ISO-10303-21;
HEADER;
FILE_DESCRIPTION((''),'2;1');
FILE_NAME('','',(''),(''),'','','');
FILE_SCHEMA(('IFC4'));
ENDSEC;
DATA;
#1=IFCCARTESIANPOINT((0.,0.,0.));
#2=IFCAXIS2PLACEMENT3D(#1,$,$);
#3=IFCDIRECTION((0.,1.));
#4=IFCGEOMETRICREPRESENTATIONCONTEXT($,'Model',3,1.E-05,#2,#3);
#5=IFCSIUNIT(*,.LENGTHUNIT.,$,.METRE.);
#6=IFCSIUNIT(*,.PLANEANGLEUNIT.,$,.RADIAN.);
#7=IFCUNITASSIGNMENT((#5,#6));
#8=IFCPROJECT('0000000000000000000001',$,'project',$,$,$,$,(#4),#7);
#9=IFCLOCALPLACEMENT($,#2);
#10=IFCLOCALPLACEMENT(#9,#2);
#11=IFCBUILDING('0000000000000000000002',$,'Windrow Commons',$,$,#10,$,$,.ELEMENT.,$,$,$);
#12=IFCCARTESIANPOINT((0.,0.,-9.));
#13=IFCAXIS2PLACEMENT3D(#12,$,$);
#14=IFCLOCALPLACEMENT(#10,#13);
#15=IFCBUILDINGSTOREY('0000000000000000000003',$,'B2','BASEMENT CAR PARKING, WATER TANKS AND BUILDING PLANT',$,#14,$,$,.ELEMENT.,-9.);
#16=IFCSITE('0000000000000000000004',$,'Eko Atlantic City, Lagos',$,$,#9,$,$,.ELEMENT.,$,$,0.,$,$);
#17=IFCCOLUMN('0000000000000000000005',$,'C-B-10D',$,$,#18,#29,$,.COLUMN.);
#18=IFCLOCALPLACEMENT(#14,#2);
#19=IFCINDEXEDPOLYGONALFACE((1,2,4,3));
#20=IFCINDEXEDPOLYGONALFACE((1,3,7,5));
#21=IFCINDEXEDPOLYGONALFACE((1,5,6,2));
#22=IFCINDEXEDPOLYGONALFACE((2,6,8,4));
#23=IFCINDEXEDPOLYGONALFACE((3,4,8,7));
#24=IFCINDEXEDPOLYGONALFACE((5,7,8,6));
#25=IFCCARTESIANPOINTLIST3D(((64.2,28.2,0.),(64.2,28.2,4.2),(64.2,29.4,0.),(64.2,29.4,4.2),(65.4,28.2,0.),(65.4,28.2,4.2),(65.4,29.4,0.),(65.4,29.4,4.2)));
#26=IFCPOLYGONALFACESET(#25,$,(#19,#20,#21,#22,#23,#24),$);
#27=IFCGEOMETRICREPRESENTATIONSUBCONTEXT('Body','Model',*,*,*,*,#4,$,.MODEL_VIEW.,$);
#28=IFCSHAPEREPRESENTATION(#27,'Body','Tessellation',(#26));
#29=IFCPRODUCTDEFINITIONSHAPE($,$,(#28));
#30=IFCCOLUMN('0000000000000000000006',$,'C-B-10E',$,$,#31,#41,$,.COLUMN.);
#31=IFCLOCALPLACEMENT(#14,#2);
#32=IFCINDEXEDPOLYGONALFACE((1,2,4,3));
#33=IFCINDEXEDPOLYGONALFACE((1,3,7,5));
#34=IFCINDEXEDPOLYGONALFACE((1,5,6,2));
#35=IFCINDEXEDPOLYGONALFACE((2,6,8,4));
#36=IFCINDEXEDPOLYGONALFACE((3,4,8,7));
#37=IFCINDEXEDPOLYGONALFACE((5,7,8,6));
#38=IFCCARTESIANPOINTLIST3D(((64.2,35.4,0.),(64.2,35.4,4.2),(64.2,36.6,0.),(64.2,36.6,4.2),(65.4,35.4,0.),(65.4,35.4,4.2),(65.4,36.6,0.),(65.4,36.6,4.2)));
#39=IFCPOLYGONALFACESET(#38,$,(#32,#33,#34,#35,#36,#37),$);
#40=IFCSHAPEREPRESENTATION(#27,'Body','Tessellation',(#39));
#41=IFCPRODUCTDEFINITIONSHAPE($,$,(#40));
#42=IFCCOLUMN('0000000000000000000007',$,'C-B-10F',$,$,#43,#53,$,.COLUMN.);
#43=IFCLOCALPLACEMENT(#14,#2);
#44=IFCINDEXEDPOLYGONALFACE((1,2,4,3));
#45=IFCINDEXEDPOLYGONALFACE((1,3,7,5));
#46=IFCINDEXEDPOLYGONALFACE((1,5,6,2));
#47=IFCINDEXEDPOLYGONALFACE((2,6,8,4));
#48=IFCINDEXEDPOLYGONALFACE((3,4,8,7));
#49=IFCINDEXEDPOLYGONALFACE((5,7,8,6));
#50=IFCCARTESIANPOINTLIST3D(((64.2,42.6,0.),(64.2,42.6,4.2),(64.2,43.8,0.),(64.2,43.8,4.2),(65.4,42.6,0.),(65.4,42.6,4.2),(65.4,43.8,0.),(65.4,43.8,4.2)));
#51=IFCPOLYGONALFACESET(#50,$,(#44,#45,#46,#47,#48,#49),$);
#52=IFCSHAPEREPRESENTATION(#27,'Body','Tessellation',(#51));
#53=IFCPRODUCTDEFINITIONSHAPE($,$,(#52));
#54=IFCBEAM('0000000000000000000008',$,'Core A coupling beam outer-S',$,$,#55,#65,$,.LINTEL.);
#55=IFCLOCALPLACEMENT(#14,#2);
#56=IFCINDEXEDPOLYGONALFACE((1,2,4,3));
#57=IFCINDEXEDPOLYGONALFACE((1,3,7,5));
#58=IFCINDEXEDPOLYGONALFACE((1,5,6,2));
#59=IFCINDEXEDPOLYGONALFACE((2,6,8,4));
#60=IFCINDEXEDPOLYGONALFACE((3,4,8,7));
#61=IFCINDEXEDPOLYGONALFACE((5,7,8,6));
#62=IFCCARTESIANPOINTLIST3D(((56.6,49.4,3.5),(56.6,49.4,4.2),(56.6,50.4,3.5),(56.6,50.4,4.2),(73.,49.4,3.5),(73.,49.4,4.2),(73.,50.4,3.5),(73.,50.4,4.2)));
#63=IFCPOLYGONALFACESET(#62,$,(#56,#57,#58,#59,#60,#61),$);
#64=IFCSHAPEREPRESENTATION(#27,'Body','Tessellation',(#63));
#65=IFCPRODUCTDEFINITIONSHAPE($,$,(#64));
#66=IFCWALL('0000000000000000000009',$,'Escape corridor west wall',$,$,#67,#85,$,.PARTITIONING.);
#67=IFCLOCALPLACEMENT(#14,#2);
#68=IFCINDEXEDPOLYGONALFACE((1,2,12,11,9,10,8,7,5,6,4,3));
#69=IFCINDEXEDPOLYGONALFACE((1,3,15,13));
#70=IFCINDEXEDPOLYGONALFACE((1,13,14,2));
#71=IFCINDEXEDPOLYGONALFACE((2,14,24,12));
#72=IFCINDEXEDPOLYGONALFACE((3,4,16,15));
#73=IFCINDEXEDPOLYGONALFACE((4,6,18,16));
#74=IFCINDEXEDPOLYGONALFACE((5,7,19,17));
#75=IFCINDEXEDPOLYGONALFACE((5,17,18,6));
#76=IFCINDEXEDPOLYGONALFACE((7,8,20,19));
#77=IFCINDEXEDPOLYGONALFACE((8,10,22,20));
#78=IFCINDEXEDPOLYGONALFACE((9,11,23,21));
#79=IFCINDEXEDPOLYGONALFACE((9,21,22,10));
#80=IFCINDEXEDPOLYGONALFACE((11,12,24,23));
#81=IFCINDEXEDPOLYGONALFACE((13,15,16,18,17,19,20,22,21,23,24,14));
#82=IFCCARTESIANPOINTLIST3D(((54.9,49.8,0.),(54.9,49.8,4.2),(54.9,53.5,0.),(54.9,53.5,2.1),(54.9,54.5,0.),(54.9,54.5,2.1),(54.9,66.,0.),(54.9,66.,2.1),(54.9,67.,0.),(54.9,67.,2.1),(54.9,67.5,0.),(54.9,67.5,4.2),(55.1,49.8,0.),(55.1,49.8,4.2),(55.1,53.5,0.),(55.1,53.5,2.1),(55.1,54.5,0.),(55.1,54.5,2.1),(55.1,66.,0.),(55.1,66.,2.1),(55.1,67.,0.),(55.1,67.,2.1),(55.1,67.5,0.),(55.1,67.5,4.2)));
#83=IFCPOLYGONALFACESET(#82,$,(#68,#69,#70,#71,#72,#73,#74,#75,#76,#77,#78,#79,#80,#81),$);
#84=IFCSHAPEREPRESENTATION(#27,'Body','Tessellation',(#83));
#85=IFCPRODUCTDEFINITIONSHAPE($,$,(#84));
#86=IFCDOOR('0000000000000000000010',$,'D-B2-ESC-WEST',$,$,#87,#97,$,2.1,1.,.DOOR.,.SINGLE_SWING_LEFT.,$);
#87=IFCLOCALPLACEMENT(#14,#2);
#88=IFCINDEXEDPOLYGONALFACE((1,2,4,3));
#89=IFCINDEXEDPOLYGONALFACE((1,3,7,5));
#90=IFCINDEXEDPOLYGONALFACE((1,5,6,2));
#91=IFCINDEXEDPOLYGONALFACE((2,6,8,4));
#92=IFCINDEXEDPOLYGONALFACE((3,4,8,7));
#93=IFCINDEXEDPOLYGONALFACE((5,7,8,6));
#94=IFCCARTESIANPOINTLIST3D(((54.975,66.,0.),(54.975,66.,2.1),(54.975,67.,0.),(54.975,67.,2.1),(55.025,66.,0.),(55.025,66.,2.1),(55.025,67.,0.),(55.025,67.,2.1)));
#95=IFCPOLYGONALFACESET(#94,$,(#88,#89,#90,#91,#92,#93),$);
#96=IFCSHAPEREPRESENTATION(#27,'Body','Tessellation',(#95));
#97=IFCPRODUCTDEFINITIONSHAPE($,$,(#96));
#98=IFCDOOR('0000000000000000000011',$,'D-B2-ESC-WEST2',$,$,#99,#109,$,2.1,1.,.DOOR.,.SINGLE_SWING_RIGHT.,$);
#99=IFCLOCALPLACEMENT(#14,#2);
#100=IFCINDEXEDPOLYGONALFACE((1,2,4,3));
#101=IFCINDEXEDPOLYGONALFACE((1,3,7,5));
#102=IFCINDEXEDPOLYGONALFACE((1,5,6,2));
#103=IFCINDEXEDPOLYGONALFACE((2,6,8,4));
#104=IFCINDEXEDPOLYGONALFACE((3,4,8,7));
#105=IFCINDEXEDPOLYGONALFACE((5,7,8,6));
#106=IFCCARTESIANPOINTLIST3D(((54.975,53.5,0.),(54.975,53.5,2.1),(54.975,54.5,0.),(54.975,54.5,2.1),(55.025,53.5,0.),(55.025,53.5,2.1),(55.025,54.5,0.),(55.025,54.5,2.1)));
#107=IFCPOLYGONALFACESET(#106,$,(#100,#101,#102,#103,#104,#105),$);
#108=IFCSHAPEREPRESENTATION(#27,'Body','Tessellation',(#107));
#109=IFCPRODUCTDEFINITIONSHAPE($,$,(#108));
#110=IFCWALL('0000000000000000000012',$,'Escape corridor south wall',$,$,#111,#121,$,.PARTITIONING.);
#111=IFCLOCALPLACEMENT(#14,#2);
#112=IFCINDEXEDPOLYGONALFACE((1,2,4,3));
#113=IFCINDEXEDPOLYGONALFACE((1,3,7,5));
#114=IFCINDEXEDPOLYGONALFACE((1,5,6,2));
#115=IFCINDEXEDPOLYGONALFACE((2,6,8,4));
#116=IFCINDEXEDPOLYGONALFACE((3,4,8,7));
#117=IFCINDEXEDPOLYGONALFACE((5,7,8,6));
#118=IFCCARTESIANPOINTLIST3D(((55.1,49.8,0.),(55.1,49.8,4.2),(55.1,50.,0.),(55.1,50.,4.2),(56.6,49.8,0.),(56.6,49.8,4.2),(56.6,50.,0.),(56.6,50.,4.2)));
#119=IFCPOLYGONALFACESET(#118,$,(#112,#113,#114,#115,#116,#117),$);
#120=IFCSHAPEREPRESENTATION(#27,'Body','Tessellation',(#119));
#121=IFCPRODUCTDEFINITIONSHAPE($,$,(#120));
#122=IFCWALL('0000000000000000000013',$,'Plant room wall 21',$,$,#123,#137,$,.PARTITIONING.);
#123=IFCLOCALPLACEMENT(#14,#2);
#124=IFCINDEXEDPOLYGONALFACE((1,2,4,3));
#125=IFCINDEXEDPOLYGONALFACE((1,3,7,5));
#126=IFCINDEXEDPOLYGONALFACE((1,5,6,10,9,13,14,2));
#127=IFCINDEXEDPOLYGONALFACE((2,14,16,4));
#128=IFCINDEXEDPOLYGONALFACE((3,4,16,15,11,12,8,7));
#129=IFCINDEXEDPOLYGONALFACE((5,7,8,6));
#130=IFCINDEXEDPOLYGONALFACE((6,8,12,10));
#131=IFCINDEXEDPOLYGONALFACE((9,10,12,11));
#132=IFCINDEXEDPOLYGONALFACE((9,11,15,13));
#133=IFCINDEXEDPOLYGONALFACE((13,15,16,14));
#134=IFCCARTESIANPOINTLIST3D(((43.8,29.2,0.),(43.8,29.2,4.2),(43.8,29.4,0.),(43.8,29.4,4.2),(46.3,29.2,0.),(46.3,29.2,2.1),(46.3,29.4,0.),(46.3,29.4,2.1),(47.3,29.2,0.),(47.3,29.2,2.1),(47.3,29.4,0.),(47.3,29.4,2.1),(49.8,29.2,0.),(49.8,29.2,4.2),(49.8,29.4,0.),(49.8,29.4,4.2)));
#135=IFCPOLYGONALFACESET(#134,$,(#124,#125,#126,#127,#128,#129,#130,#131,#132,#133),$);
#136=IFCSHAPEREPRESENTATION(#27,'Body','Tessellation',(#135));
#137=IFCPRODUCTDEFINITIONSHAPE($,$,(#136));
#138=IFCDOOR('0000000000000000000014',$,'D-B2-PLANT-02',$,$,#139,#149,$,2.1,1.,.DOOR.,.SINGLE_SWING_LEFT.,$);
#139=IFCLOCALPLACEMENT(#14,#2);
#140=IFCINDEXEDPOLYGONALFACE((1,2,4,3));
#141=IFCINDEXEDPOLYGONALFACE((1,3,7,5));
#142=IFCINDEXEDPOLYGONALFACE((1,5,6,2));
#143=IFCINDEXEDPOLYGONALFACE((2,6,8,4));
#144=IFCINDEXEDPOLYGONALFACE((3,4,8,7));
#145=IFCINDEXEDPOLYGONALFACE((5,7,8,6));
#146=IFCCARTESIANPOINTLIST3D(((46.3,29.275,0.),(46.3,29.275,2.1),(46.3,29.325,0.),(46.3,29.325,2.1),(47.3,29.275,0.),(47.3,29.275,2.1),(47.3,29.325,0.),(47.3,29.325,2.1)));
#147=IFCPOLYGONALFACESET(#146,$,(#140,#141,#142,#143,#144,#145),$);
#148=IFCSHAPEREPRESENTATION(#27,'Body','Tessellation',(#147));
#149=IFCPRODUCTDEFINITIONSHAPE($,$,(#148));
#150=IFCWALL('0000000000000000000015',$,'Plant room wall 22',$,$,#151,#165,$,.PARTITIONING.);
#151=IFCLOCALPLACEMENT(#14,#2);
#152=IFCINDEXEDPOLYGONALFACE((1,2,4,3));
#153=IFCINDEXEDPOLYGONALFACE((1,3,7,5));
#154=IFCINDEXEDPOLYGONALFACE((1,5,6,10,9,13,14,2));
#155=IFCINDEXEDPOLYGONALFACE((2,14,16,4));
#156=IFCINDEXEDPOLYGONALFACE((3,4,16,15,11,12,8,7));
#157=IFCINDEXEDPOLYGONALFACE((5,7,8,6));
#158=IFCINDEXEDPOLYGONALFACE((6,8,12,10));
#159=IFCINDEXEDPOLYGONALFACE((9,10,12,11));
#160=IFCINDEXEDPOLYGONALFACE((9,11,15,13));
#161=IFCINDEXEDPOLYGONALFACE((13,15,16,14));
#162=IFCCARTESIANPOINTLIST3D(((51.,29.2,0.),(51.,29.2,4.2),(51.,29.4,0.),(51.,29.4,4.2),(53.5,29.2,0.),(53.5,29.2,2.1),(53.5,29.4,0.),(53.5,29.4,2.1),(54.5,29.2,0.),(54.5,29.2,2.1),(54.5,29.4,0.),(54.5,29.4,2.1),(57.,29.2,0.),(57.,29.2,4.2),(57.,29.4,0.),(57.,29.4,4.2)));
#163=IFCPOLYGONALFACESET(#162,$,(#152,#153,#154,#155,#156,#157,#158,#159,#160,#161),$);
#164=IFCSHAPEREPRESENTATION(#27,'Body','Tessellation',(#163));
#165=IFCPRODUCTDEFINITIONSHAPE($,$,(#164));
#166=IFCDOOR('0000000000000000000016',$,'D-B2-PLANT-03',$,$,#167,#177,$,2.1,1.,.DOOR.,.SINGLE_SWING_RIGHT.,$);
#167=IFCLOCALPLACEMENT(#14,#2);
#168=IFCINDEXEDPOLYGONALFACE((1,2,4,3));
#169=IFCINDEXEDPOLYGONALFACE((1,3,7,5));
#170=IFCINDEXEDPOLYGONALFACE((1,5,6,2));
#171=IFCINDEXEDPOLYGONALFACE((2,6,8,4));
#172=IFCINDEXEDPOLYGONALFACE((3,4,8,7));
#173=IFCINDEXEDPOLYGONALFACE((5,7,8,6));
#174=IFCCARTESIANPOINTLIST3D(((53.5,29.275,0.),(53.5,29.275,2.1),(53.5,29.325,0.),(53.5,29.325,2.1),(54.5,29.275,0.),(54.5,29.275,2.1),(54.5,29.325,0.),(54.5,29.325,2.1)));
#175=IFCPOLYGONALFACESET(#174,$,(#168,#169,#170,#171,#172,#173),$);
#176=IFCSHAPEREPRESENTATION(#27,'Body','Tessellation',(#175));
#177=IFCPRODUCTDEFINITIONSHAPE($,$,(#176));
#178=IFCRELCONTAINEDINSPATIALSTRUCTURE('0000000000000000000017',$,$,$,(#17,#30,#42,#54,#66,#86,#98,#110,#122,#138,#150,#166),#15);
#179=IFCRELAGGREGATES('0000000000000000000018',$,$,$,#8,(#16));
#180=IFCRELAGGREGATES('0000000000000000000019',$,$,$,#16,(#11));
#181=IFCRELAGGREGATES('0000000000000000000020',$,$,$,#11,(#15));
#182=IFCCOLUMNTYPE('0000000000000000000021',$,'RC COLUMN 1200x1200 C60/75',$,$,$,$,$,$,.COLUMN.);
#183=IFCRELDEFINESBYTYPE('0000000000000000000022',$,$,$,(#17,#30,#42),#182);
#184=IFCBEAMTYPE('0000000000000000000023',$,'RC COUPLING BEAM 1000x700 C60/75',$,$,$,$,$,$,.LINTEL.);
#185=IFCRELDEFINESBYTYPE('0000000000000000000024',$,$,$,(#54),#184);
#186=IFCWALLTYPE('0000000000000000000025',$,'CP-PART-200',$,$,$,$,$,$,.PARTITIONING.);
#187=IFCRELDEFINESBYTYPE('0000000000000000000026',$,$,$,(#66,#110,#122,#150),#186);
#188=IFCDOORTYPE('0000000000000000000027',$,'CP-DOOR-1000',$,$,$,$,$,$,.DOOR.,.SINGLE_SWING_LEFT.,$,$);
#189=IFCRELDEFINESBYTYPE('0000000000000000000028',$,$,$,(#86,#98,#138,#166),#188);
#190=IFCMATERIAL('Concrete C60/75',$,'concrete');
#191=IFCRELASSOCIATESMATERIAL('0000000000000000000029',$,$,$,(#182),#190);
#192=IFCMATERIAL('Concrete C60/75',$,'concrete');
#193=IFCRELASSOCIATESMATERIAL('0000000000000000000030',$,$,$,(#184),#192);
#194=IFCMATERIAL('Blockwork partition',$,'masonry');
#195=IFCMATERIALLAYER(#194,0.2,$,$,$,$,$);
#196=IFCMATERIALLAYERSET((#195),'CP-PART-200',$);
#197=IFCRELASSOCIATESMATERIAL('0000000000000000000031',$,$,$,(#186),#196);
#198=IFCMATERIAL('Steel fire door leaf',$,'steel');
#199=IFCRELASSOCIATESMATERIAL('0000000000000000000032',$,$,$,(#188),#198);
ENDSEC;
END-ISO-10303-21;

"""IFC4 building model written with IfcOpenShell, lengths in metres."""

from ifc_helpers import new_model, si_unit, direction, frame, frame_2d, origin, origin_2d, place, context, subcontext, project, spatial, rectangle, extrude, material, layer, layer_set, material_profile, profile_set, type_object, element, fill, save


model = new_model("IFC4")

# Units and contexts
model_context = context("Model", 3, precision=1e-05, world=origin(), true_north=direction((0.0, 1.0)))
body_context = subcontext(model_context, "Body", "Model", "MODEL_VIEW")
ifc_project = project(units=[si_unit("LENGTHUNIT", "METRE"), si_unit("PLANEANGLEUNIT", "RADIAN")], contexts=[model_context])

# Site, building, storey
site_placement = place(None, origin())
site = spatial("IfcSite", under=ifc_project, at=site_placement, Name="Eko Atlantic City, Lagos", CompositionType="ELEMENT", RefElevation=0.0)
building_placement = place(site_placement, origin())
building = spatial("IfcBuilding", under=site, at=building_placement, Name="Windrow Commons", CompositionType="ELEMENT")
storey_placement = place(building_placement, frame((0.0, 0.0, -9.0)))
storey = spatial("IfcBuildingStorey", under=building, at=storey_placement, Name="B2", Description="BASEMENT CAR PARKING, WATER TANKS AND BUILDING PLANT", CompositionType="ELEMENT", Elevation=-9.0)

# Columns
ifc_material_1 = material(Name="Concrete C60/75", Category="concrete")
ifc_material_profile_1 = material_profile(ifc_material_1, rectangle(XDim=1.2, YDim=1.2, at=origin_2d()))
ifc_profile_set_1 = profile_set([ifc_material_profile_1], Name="Concrete C60/75")
column_type = type_object("IfcColumnType", Name="RC COLUMN 1200x1200 C60/75", PredefinedType="COLUMN", material=ifc_profile_set_1)
for number, where, z_axis, x_axis, name in (
    (1, (64.8, 28.8, 0.0), (0.0, 0.0, 1.0), (1.0, 0.0, 0.0), "C-B-10D"),
    (2, (64.8, 36.0, 0.0), (0.0, 0.0, 1.0), (1.0, 0.0, 0.0), "C-B-10E"),
    (3, (64.8, 43.2, 0.0), (0.0, 0.0, 1.0), (1.0, 0.0, 0.0), "C-B-10F"),
):
    element("IfcColumn", number, at=place(storey_placement, frame(where, z_axis=z_axis, x_axis=x_axis)), inside=storey, type_object=column_type, Name=name, PredefinedType="COLUMN", context=body_context, shape_type="SweptSolid", body=[
        extrude(rectangle(XDim=1.2, YDim=1.2, at=origin_2d()), origin(), (0.0, 0.0, 1.0), 4.2),
    ])

# Beam
ifc_material_2 = material(Name="Concrete C60/75", Category="concrete")
ifc_material_profile_2 = material_profile(ifc_material_2, rectangle(XDim=1.0, YDim=0.7, at=origin_2d()))
ifc_profile_set_2 = profile_set([ifc_material_profile_2], Name="Concrete C60/75")
beam_type = type_object("IfcBeamType", Name="RC COUPLING BEAM 1000x700 C60/75", PredefinedType="LINTEL", material=ifc_profile_set_2)
beam_placement = place(storey_placement, frame((56.6, 49.9, 3.85), z_axis=(1.0, 0.0, 0.0), x_axis=(0.0, 1.0, 0.0)))
element("IfcBeam", 4, at=beam_placement, inside=storey, type_object=beam_type, Name="Core A coupling beam outer-S", PredefinedType="LINTEL", context=body_context, shape_type="SweptSolid", body=[
    extrude(rectangle(XDim=1.0, YDim=0.7, at=origin_2d()), origin(), (0.0, 0.0, 1.0), 16.4),
])

# Wall, openings, doors
ifc_material_3 = material(Name="Blockwork partition", Category="masonry")
ifc_layer_1 = layer(ifc_material_3, 0.2)
ifc_layer_set_1 = layer_set([ifc_layer_1], Name="CP-PART-200")
wall_type_1 = type_object("IfcWallType", Name="CP-PART-200", PredefinedType="PARTITIONING", material=ifc_layer_set_1)
wall_1_placement = place(storey_placement, frame((55.0, 49.8, 0.0), z_axis=(0.0, 0.0, 1.0), x_axis=(0.0, 1.0, 0.0)))
wall_1 = element("IfcWall", 5, at=wall_1_placement, inside=storey, type_object=wall_type_1, Name="Escape corridor west wall", PredefinedType="PARTITIONING", context=body_context, shape_type="SweptSolid", body=[
    extrude(rectangle(XDim=17.7, YDim=0.2, at=frame_2d((8.85, 0.0))), origin(), (0.0, 0.0, 1.0), 4.2),
])
opening_1_placement = place(wall_1_placement, frame((16.2, 0.0, 0.0)))
opening_1 = element("IfcOpeningElement", 6, at=opening_1_placement, cuts=wall_1, PredefinedType="OPENING", context=body_context, shape_type="SweptSolid", body=[
    extrude(rectangle(XDim=1.0, YDim=2.1, at=frame_2d((0.5, 1.05))), frame((0.0, 0.11, 0.0), z_axis=(0.0, -1.0, 0.0), x_axis=(1.0, 0.0, 0.0)), (0.0, 0.0, 1.0), 0.22),
])
opening_2_placement = place(wall_1_placement, frame((3.7, 0.0, 0.0)))
opening_2 = element("IfcOpeningElement", 7, at=opening_2_placement, cuts=wall_1, PredefinedType="OPENING", context=body_context, shape_type="SweptSolid", body=[
    extrude(rectangle(XDim=1.0, YDim=2.1, at=frame_2d((0.5, 1.05))), frame((0.0, 0.11, 0.0), z_axis=(0.0, -1.0, 0.0), x_axis=(1.0, 0.0, 0.0)), (0.0, 0.0, 1.0), 0.22),
])
ifc_material_4 = material(Name="Steel fire door leaf", Category="steel")
door_type = type_object("IfcDoorType", Name="CP-DOOR-1000", OperationType="SINGLE_SWING_LEFT", PredefinedType="DOOR", material=ifc_material_4)
door_1_placement = place(opening_1_placement, origin())
door_1 = element("IfcDoor", 8, at=door_1_placement, inside=storey, type_object=door_type, Name="D-B2-ESC-WEST", OperationType="SINGLE_SWING_LEFT", OverallHeight=2.1, OverallWidth=1.0, PredefinedType="DOOR", context=body_context, shape_type="SweptSolid", body=[
    extrude(rectangle(XDim=1.0, YDim=2.1, at=frame_2d((0.5, 1.05))), frame((0.0, 0.025, 0.0), z_axis=(0.0, -1.0, 0.0), x_axis=(1.0, 0.0, 0.0)), (0.0, 0.0, 1.0), 0.05),
])
fill(opening_1, door_1)
door_2_placement = place(opening_2_placement, origin())
door_2 = element("IfcDoor", 9, at=door_2_placement, inside=storey, type_object=door_type, Name="D-B2-ESC-WEST2", OperationType="SINGLE_SWING_RIGHT", OverallHeight=2.1, OverallWidth=1.0, PredefinedType="DOOR", context=body_context, shape_type="SweptSolid", body=[
    extrude(rectangle(XDim=1.0, YDim=2.1, at=frame_2d((0.5, 1.05))), frame((0.0, 0.025, 0.0), z_axis=(0.0, -1.0, 0.0), x_axis=(1.0, 0.0, 0.0)), (0.0, 0.0, 1.0), 0.05),
])
fill(opening_2, door_2)

# Wall
wall_2_placement = place(storey_placement, frame((55.1, 49.9, 0.0), z_axis=(0.0, 0.0, 1.0), x_axis=(1.0, 0.0, 0.0)))
element("IfcWall", 10, at=wall_2_placement, inside=storey, type_object=wall_type_1, Name="Escape corridor south wall", PredefinedType="PARTITIONING", context=body_context, shape_type="SweptSolid", body=[
    extrude(rectangle(XDim=1.5, YDim=0.2, at=frame_2d((0.75, 0.0))), origin(), (0.0, 0.0, 1.0), 4.2),
])

# Walls, openings, doors
wall_3_placement = place(storey_placement, frame((43.8, 29.3, 0.0), z_axis=(0.0, 0.0, 1.0), x_axis=(1.0, 0.0, 0.0)))
wall_3 = element("IfcWall", 11, at=wall_3_placement, inside=storey, type_object=wall_type_1, Name="Plant room wall 21", PredefinedType="PARTITIONING", context=body_context, shape_type="SweptSolid", body=[
    extrude(rectangle(XDim=6.0, YDim=0.2, at=frame_2d((3.0, 0.0))), origin(), (0.0, 0.0, 1.0), 4.2),
])
opening_3_placement = place(wall_3_placement, frame((2.5, 0.0, 0.0)))
opening_3 = element("IfcOpeningElement", 12, at=opening_3_placement, cuts=wall_3, PredefinedType="OPENING", context=body_context, shape_type="SweptSolid", body=[
    extrude(rectangle(XDim=1.0, YDim=2.1, at=frame_2d((0.5, 1.05))), frame((0.0, 0.11, 0.0), z_axis=(0.0, -1.0, 0.0), x_axis=(1.0, 0.0, 0.0)), (0.0, 0.0, 1.0), 0.22),
])
door_3_placement = place(opening_3_placement, origin())
door_3 = element("IfcDoor", 13, at=door_3_placement, inside=storey, type_object=door_type, Name="D-B2-PLANT-02", OperationType="SINGLE_SWING_LEFT", OverallHeight=2.1, OverallWidth=1.0, PredefinedType="DOOR", context=body_context, shape_type="SweptSolid", body=[
    extrude(rectangle(XDim=1.0, YDim=2.1, at=frame_2d((0.5, 1.05))), frame((0.0, 0.025, 0.0), z_axis=(0.0, -1.0, 0.0), x_axis=(1.0, 0.0, 0.0)), (0.0, 0.0, 1.0), 0.05),
])
fill(opening_3, door_3)
wall_4_placement = place(storey_placement, frame((51.0, 29.3, 0.0), z_axis=(0.0, 0.0, 1.0), x_axis=(1.0, 0.0, 0.0)))
wall_4 = element("IfcWall", 14, at=wall_4_placement, inside=storey, type_object=wall_type_1, Name="Plant room wall 22", PredefinedType="PARTITIONING", context=body_context, shape_type="SweptSolid", body=[
    extrude(rectangle(XDim=6.0, YDim=0.2, at=frame_2d((3.0, 0.0))), origin(), (0.0, 0.0, 1.0), 4.2),
])
opening_4_placement = place(wall_4_placement, frame((2.5, 0.0, 0.0)))
opening_4 = element("IfcOpeningElement", 15, at=opening_4_placement, cuts=wall_4, PredefinedType="OPENING", context=body_context, shape_type="SweptSolid", body=[
    extrude(rectangle(XDim=1.0, YDim=2.1, at=frame_2d((0.5, 1.05))), frame((0.0, 0.11, 0.0), z_axis=(0.0, -1.0, 0.0), x_axis=(1.0, 0.0, 0.0)), (0.0, 0.0, 1.0), 0.22),
])
door_4_placement = place(opening_4_placement, origin())
door_4 = element("IfcDoor", 16, at=door_4_placement, inside=storey, type_object=door_type, Name="D-B2-PLANT-03", OperationType="SINGLE_SWING_RIGHT", OverallHeight=2.1, OverallWidth=1.0, PredefinedType="DOOR", context=body_context, shape_type="SweptSolid", body=[
    extrude(rectangle(XDim=1.0, YDim=2.1, at=frame_2d((0.5, 1.05))), frame((0.0, 0.025, 0.0), z_axis=(0.0, -1.0, 0.0), x_axis=(1.0, 0.0, 0.0)), (0.0, 0.0, 1.0), 0.05),
])
fill(opening_4, door_4)

save(model, "model.ifc")
